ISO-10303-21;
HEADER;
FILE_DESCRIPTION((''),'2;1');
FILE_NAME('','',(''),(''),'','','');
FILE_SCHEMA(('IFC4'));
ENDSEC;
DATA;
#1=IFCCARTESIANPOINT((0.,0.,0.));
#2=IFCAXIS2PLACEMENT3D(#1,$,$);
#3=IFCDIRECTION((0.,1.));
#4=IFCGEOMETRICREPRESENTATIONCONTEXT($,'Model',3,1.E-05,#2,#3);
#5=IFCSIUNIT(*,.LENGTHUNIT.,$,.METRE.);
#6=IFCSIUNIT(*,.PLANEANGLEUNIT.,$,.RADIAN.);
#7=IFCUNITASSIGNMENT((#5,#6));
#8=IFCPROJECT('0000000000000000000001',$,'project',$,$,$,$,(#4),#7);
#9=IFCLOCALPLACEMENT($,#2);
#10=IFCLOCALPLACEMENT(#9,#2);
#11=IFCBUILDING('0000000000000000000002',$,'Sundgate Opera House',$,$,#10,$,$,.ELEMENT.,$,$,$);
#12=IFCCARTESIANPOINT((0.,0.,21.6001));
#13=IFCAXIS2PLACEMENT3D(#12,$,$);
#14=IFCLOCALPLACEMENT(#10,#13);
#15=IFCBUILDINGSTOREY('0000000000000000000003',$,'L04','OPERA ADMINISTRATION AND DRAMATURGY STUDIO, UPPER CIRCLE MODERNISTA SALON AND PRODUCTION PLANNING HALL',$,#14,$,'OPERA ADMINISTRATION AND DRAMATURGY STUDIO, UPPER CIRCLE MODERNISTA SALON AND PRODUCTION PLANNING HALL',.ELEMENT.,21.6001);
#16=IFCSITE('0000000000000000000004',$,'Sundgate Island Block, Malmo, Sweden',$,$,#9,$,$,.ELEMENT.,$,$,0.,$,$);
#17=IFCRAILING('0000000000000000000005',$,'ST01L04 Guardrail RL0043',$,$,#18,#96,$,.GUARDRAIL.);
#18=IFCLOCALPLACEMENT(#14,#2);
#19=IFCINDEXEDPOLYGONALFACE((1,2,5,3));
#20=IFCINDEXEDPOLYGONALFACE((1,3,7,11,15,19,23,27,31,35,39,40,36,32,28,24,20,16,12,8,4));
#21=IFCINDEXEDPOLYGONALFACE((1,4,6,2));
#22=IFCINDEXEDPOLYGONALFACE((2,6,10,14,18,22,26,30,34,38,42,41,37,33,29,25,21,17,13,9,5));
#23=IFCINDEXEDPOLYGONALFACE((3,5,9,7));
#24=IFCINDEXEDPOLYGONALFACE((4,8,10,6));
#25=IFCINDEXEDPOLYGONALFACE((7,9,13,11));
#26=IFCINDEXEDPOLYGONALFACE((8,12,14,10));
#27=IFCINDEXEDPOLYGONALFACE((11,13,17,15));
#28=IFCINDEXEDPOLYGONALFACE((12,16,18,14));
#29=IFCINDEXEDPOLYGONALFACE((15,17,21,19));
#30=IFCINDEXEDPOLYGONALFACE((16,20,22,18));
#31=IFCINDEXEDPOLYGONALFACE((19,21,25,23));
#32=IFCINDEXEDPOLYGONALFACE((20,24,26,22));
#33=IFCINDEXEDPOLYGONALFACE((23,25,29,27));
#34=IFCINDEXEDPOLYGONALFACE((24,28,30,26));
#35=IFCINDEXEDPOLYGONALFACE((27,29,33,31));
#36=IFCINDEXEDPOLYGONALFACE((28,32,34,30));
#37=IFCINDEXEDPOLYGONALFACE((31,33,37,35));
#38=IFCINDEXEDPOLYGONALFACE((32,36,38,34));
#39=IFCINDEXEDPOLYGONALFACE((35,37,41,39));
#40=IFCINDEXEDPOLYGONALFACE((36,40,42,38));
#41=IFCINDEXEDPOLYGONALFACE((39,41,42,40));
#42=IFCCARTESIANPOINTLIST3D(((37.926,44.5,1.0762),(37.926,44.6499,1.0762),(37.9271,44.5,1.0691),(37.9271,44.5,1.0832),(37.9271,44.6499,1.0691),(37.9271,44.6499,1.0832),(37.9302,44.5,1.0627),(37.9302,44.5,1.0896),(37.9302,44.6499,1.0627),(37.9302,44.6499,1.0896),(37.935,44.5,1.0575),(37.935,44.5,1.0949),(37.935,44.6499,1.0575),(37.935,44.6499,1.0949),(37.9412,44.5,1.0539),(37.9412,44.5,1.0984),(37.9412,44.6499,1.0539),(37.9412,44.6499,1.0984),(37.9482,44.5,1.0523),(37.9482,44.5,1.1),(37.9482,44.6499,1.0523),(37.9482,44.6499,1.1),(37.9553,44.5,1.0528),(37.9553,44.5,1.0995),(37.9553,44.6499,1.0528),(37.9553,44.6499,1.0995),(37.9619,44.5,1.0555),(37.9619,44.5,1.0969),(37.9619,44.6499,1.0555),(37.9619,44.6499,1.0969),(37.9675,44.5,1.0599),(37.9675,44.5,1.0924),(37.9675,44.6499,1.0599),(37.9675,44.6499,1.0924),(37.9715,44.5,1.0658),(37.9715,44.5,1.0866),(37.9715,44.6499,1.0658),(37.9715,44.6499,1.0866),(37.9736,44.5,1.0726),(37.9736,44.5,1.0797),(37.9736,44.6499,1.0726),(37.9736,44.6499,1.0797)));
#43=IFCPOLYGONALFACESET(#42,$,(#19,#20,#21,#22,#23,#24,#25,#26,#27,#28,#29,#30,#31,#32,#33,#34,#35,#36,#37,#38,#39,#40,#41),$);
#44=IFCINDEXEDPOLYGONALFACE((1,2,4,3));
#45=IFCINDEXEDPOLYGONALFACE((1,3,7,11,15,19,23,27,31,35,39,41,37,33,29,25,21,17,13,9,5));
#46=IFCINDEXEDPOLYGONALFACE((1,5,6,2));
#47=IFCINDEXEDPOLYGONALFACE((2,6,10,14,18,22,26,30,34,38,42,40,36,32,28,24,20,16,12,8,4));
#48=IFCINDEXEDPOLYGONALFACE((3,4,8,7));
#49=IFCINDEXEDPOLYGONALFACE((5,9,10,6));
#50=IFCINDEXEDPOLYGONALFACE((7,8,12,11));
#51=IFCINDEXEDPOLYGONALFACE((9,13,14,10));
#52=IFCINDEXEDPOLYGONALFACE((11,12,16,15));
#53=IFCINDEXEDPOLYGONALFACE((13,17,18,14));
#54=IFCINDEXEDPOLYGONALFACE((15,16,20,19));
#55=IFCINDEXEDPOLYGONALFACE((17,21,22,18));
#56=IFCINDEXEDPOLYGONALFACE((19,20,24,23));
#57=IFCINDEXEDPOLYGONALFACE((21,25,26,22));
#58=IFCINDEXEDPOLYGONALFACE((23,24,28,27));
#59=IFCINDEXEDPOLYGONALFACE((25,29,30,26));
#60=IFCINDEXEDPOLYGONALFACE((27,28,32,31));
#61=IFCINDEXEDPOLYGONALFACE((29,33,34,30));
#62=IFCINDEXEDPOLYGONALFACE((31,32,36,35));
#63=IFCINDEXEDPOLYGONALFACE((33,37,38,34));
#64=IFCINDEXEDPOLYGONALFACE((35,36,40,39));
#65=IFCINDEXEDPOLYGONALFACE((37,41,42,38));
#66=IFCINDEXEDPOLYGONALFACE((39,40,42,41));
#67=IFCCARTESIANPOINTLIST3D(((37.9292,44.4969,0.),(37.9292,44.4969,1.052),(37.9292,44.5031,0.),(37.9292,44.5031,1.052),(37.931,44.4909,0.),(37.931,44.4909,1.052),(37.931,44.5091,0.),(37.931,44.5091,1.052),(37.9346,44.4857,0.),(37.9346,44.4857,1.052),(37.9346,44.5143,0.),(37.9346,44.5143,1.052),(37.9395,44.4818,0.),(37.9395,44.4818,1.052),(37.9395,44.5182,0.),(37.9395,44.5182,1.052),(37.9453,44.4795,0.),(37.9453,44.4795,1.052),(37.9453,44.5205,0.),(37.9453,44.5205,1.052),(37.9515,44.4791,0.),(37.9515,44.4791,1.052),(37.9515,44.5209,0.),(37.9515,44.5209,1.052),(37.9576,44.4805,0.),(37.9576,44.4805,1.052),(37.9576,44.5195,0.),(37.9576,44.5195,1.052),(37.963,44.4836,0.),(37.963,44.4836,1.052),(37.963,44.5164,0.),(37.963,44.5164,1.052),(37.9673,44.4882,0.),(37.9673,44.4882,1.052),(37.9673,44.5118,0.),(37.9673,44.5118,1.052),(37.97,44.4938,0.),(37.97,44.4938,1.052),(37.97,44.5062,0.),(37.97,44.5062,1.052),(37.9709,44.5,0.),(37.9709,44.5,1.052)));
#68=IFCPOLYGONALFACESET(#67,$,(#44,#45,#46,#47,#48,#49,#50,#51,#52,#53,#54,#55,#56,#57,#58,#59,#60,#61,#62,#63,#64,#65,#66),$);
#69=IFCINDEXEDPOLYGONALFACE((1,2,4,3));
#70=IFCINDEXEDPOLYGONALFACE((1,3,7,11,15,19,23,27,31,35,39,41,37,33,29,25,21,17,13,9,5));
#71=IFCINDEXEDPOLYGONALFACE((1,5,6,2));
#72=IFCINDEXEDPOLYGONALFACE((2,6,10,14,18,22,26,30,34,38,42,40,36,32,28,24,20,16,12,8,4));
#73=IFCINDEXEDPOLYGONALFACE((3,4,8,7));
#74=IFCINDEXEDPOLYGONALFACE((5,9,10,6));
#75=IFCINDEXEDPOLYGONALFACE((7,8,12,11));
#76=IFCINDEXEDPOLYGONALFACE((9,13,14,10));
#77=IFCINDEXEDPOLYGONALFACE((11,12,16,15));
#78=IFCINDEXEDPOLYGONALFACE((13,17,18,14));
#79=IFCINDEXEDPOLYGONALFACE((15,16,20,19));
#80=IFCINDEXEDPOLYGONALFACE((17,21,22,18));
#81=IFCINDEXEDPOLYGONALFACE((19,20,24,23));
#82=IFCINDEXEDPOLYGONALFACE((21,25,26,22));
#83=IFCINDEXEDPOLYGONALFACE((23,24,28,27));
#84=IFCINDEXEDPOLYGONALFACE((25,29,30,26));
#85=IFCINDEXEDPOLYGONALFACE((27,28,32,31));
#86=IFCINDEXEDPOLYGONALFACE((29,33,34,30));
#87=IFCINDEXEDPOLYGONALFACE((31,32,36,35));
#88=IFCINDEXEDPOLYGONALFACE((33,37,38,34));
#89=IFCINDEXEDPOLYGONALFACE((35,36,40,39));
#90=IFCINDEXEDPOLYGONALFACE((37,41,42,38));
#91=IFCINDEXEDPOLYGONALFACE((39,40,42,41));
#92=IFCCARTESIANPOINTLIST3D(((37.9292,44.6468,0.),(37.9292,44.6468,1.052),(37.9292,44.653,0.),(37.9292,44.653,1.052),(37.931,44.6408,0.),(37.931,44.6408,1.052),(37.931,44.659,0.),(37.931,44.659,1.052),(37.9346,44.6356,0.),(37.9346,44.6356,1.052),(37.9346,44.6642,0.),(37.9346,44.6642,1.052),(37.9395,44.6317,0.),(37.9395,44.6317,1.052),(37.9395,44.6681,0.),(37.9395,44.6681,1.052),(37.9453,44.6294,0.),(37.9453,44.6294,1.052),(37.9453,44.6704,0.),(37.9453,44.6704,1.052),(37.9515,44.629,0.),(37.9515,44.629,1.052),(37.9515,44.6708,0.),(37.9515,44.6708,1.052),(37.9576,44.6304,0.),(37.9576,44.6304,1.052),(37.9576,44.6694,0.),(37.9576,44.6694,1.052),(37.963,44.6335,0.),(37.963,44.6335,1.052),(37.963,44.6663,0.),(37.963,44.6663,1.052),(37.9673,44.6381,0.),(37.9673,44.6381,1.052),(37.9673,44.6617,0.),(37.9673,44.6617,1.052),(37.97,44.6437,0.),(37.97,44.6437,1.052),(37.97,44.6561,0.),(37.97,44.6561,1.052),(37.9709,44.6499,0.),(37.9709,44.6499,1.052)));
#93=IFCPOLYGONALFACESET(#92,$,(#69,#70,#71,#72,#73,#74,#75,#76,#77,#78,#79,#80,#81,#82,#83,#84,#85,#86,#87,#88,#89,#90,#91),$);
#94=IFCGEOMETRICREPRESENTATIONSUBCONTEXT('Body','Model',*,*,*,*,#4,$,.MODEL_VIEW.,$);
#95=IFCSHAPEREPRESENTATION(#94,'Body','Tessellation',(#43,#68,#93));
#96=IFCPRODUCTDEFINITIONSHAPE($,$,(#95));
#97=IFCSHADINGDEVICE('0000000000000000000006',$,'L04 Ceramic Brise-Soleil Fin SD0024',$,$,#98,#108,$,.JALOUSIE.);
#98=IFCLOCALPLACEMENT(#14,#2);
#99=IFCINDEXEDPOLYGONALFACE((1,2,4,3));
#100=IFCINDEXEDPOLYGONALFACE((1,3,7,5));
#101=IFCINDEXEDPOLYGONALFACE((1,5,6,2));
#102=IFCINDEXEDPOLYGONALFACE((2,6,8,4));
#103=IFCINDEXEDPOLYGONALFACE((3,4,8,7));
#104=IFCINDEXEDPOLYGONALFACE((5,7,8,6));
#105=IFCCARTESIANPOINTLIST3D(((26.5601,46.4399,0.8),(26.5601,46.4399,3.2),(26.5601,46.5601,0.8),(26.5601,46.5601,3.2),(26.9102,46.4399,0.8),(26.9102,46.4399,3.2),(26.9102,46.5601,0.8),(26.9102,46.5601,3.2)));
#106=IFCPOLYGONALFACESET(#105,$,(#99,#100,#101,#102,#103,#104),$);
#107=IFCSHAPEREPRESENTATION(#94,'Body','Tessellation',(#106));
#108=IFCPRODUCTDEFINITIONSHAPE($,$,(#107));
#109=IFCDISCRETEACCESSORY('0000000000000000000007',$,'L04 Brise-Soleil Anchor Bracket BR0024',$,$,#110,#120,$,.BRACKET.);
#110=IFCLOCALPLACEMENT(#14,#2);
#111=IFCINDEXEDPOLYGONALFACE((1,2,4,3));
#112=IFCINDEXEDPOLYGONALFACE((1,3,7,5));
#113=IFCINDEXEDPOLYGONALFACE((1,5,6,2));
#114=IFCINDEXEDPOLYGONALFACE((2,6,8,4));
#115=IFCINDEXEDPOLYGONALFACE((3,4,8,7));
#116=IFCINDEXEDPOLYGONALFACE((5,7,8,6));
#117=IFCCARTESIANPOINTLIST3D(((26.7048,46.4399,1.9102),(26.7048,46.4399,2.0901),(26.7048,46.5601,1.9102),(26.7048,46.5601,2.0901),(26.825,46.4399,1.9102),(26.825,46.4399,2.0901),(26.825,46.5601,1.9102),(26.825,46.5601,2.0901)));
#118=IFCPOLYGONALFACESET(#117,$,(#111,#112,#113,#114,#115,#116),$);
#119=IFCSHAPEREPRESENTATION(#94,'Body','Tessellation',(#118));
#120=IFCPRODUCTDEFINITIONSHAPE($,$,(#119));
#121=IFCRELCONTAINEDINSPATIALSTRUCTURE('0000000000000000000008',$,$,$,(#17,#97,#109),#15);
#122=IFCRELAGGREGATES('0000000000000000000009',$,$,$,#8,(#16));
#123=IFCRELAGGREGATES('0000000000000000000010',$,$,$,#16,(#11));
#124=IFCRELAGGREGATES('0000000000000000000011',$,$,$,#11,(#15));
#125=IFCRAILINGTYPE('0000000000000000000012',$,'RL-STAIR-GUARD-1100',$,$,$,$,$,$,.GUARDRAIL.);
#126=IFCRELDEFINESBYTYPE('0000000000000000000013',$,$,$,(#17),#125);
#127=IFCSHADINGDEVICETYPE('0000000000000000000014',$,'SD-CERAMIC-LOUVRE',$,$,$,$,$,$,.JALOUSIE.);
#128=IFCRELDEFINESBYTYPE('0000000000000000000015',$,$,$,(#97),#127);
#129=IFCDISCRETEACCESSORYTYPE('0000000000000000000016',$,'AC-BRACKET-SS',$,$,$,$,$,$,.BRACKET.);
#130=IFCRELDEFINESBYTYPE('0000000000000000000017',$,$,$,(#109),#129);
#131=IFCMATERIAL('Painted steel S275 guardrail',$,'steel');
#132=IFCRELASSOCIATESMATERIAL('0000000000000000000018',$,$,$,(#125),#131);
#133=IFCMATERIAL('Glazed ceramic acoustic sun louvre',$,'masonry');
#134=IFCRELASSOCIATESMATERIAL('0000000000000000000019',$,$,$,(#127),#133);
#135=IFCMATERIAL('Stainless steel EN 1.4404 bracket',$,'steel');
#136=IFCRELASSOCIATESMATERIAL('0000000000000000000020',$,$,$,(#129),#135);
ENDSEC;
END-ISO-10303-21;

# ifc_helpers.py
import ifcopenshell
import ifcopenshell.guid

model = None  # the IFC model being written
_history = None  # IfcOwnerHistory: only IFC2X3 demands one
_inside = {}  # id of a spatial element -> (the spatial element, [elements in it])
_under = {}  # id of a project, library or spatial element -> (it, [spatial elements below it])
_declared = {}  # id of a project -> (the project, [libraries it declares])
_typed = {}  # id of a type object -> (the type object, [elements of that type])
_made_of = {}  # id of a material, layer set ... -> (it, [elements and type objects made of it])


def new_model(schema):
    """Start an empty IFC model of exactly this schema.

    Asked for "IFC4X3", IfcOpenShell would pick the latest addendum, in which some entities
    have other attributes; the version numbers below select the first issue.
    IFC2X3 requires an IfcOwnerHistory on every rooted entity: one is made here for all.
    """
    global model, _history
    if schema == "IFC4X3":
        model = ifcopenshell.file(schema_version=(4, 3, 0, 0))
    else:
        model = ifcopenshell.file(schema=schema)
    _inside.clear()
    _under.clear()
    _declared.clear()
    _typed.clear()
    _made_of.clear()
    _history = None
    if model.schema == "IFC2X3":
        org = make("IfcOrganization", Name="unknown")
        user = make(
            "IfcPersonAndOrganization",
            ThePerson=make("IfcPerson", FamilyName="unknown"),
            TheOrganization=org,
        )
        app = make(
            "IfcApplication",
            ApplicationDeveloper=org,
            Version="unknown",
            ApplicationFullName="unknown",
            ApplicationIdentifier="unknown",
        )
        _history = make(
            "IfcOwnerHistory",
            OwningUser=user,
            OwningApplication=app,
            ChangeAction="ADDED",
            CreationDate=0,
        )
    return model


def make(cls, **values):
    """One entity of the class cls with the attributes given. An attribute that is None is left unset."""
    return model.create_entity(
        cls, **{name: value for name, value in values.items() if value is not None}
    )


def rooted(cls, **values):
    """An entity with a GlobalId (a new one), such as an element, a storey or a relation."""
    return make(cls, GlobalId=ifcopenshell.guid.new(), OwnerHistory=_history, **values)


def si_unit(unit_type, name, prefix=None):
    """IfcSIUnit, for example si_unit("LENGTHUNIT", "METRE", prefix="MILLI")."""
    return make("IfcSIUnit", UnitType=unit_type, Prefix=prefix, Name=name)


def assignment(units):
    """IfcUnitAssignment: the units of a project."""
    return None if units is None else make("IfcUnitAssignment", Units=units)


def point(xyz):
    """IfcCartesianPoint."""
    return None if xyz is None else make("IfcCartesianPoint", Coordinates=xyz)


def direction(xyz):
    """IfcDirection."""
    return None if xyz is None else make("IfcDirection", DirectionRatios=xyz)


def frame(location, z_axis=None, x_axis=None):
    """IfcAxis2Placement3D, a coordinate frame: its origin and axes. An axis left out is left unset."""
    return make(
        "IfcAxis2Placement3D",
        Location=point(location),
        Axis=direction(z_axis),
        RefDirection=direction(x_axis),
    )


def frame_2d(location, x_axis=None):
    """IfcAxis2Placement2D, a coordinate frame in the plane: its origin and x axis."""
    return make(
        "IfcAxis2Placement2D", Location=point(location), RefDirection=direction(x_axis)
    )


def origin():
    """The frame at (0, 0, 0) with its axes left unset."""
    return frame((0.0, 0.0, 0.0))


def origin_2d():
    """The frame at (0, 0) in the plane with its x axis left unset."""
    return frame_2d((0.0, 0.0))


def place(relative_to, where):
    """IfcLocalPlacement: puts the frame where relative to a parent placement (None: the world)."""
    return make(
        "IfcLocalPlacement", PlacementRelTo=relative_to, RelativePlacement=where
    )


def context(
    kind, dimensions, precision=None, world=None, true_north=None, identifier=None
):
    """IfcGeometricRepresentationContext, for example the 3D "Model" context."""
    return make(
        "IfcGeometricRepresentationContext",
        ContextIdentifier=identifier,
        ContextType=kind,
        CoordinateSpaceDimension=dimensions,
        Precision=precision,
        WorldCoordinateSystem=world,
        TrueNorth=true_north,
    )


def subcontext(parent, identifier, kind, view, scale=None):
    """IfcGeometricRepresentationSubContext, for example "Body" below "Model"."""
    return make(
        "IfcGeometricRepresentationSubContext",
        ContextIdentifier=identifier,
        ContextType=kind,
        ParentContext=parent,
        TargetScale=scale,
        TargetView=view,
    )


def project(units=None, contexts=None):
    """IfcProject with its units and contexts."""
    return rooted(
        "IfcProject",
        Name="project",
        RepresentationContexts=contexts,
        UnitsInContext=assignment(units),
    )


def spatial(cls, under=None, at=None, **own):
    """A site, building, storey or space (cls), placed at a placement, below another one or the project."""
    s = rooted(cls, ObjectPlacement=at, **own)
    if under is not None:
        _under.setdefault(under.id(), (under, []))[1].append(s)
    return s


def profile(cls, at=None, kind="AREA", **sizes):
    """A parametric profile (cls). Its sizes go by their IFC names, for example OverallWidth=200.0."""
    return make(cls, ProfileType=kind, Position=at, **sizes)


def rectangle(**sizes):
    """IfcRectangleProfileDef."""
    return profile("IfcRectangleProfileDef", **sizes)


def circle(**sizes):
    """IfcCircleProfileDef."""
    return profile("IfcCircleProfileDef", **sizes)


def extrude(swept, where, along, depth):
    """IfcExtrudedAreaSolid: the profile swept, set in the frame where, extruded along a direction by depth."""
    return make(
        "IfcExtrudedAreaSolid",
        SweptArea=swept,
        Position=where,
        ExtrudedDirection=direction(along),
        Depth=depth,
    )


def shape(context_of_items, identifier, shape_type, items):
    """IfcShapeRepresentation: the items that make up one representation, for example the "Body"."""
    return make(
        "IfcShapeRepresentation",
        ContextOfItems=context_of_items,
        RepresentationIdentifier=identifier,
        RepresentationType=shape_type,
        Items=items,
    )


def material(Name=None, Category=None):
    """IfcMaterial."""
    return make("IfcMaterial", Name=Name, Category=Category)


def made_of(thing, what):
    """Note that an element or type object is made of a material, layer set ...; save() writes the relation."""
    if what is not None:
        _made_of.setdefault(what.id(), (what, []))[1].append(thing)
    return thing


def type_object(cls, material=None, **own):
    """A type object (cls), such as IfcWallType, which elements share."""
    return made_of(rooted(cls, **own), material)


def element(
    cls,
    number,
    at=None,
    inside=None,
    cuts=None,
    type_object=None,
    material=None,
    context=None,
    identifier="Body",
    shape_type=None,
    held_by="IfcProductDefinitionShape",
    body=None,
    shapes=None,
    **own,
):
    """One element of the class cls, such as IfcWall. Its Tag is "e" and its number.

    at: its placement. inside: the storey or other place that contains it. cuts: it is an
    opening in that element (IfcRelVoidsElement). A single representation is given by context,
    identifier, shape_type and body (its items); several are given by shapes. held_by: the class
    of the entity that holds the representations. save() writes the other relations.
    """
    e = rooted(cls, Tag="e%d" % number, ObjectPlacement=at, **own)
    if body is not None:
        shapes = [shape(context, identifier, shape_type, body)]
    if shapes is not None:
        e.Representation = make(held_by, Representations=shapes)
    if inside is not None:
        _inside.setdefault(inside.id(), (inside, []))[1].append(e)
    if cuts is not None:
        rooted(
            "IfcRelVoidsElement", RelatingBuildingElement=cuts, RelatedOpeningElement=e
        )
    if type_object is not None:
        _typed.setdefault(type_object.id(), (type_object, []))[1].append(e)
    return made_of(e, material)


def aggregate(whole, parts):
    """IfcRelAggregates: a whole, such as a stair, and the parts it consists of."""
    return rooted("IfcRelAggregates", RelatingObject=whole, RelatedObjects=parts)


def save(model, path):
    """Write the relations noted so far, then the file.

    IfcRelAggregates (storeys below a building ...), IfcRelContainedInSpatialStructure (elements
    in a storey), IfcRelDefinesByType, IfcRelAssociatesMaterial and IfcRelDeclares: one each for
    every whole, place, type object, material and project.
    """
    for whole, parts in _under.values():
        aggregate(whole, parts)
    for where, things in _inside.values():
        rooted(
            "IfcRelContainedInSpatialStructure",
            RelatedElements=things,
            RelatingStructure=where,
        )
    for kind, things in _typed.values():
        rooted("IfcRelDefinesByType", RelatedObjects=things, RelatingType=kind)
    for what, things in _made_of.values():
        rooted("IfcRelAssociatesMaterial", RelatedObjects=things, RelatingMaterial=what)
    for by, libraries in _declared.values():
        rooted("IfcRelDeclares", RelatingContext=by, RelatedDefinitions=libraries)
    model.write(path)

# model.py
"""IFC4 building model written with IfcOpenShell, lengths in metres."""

from ifc_helpers import new_model, si_unit, direction, frame, origin, origin_2d, place, context, subcontext, project, spatial, rectangle, circle, extrude, material, type_object, element, save


model = new_model("IFC4")

# Units and contexts
model_context = context("Model", 3, precision=1e-05, world=origin(), true_north=direction((0.0, 1.0)))
body_context = subcontext(model_context, "Body", "Model", "MODEL_VIEW")
ifc_project = project(units=[si_unit("LENGTHUNIT", "METRE"), si_unit("PLANEANGLEUNIT", "RADIAN")], contexts=[model_context])

# Site, building, storey
site_placement = place(None, origin())
site = spatial("IfcSite", under=ifc_project, at=site_placement, Name="Sundgate Island Block, Malmo, Sweden", CompositionType="ELEMENT", RefElevation=0.0)
building_placement = place(site_placement, origin())
building = spatial("IfcBuilding", under=site, at=building_placement, Name="Sundgate Opera House", CompositionType="ELEMENT")
storey_placement = place(building_placement, frame((0.0, 0.0, 21.6001)))
storey = spatial("IfcBuildingStorey", under=building, at=storey_placement, Name="L04", Description="OPERA ADMINISTRATION AND DRAMATURGY STUDIO, UPPER CIRCLE MODERNISTA SALON AND PRODUCTION PLANNING HALL", LongName="OPERA ADMINISTRATION AND DRAMATURGY STUDIO, UPPER CIRCLE MODERNISTA SALON AND PRODUCTION PLANNING HALL", CompositionType="ELEMENT", Elevation=21.6001)

# Railing
ifc_material_1 = material(Name="Painted steel S275 guardrail", Category="steel")
railing_type = type_object("IfcRailingType", Name="RL-STAIR-GUARD-1100", PredefinedType="GUARDRAIL", material=ifc_material_1)
railing_placement = place(storey_placement, frame((37.95, 44.5, 0.0)))
element("IfcRailing", 1, at=railing_placement, inside=storey, type_object=railing_type, Name="ST01L04 Guardrail RL0043", PredefinedType="GUARDRAIL", context=body_context, shape_type="SweptSolid", body=[
    extrude(circle(Radius=0.0239, at=origin_2d()), frame((0.0, 0.0, 1.0762), z_axis=(0.0, 1.0, 0.0), x_axis=(-1.0, 0.0, 0.0)), (0.0, 0.0, 1.0), 0.1499),
    extrude(circle(Radius=0.021, at=origin_2d()), origin(), (0.0, 0.0, 1.0), 1.052),
    extrude(circle(Radius=0.021, at=origin_2d()), frame((0.0, 0.1499, 0.0)), (0.0, 0.0, 1.0), 1.052),
])

# Shading device
ifc_material_2 = material(Name="Glazed ceramic acoustic sun louvre", Category="masonry")
shading_device_type = type_object("IfcShadingDeviceType", Name="SD-CERAMIC-LOUVRE", PredefinedType="JALOUSIE", material=ifc_material_2)
shading_device_placement = place(storey_placement, frame((26.7351, 46.5, 0.8), z_axis=(0.0, 0.0, 1.0), x_axis=(1.0, 0.0, 0.0)))
element("IfcShadingDevice", 2, at=shading_device_placement, inside=storey, type_object=shading_device_type, Name="L04 Ceramic Brise-Soleil Fin SD0024", PredefinedType="JALOUSIE", context=body_context, shape_type="SweptSolid", body=[
    extrude(rectangle(XDim=0.3501, YDim=0.1201, at=origin_2d()), origin(), (0.0, 0.0, 1.0), 2.3999),
])

# Discrete accessory
ifc_material_3 = material(Name="Stainless steel EN 1.4404 bracket", Category="steel")
discrete_accessory_type = type_object("IfcDiscreteAccessoryType", Name="AC-BRACKET-SS", PredefinedType="BRACKET", material=ifc_material_3)
discrete_accessory_placement = place(storey_placement, frame((26.7649, 46.5, 1.9102), z_axis=(0.0, 0.0, 1.0), x_axis=(1.0, 0.0, 0.0)))
element("IfcDiscreteAccessory", 3, at=discrete_accessory_placement, inside=storey, type_object=discrete_accessory_type, Name="L04 Brise-Soleil Anchor Bracket BR0024", PredefinedType="BRACKET", context=body_context, shape_type="SweptSolid", body=[
    extrude(rectangle(XDim=0.1201, YDim=0.1201, at=origin_2d()), origin(), (0.0, 0.0, 1.0), 0.1799),
])

save(model, "model.ifc")
